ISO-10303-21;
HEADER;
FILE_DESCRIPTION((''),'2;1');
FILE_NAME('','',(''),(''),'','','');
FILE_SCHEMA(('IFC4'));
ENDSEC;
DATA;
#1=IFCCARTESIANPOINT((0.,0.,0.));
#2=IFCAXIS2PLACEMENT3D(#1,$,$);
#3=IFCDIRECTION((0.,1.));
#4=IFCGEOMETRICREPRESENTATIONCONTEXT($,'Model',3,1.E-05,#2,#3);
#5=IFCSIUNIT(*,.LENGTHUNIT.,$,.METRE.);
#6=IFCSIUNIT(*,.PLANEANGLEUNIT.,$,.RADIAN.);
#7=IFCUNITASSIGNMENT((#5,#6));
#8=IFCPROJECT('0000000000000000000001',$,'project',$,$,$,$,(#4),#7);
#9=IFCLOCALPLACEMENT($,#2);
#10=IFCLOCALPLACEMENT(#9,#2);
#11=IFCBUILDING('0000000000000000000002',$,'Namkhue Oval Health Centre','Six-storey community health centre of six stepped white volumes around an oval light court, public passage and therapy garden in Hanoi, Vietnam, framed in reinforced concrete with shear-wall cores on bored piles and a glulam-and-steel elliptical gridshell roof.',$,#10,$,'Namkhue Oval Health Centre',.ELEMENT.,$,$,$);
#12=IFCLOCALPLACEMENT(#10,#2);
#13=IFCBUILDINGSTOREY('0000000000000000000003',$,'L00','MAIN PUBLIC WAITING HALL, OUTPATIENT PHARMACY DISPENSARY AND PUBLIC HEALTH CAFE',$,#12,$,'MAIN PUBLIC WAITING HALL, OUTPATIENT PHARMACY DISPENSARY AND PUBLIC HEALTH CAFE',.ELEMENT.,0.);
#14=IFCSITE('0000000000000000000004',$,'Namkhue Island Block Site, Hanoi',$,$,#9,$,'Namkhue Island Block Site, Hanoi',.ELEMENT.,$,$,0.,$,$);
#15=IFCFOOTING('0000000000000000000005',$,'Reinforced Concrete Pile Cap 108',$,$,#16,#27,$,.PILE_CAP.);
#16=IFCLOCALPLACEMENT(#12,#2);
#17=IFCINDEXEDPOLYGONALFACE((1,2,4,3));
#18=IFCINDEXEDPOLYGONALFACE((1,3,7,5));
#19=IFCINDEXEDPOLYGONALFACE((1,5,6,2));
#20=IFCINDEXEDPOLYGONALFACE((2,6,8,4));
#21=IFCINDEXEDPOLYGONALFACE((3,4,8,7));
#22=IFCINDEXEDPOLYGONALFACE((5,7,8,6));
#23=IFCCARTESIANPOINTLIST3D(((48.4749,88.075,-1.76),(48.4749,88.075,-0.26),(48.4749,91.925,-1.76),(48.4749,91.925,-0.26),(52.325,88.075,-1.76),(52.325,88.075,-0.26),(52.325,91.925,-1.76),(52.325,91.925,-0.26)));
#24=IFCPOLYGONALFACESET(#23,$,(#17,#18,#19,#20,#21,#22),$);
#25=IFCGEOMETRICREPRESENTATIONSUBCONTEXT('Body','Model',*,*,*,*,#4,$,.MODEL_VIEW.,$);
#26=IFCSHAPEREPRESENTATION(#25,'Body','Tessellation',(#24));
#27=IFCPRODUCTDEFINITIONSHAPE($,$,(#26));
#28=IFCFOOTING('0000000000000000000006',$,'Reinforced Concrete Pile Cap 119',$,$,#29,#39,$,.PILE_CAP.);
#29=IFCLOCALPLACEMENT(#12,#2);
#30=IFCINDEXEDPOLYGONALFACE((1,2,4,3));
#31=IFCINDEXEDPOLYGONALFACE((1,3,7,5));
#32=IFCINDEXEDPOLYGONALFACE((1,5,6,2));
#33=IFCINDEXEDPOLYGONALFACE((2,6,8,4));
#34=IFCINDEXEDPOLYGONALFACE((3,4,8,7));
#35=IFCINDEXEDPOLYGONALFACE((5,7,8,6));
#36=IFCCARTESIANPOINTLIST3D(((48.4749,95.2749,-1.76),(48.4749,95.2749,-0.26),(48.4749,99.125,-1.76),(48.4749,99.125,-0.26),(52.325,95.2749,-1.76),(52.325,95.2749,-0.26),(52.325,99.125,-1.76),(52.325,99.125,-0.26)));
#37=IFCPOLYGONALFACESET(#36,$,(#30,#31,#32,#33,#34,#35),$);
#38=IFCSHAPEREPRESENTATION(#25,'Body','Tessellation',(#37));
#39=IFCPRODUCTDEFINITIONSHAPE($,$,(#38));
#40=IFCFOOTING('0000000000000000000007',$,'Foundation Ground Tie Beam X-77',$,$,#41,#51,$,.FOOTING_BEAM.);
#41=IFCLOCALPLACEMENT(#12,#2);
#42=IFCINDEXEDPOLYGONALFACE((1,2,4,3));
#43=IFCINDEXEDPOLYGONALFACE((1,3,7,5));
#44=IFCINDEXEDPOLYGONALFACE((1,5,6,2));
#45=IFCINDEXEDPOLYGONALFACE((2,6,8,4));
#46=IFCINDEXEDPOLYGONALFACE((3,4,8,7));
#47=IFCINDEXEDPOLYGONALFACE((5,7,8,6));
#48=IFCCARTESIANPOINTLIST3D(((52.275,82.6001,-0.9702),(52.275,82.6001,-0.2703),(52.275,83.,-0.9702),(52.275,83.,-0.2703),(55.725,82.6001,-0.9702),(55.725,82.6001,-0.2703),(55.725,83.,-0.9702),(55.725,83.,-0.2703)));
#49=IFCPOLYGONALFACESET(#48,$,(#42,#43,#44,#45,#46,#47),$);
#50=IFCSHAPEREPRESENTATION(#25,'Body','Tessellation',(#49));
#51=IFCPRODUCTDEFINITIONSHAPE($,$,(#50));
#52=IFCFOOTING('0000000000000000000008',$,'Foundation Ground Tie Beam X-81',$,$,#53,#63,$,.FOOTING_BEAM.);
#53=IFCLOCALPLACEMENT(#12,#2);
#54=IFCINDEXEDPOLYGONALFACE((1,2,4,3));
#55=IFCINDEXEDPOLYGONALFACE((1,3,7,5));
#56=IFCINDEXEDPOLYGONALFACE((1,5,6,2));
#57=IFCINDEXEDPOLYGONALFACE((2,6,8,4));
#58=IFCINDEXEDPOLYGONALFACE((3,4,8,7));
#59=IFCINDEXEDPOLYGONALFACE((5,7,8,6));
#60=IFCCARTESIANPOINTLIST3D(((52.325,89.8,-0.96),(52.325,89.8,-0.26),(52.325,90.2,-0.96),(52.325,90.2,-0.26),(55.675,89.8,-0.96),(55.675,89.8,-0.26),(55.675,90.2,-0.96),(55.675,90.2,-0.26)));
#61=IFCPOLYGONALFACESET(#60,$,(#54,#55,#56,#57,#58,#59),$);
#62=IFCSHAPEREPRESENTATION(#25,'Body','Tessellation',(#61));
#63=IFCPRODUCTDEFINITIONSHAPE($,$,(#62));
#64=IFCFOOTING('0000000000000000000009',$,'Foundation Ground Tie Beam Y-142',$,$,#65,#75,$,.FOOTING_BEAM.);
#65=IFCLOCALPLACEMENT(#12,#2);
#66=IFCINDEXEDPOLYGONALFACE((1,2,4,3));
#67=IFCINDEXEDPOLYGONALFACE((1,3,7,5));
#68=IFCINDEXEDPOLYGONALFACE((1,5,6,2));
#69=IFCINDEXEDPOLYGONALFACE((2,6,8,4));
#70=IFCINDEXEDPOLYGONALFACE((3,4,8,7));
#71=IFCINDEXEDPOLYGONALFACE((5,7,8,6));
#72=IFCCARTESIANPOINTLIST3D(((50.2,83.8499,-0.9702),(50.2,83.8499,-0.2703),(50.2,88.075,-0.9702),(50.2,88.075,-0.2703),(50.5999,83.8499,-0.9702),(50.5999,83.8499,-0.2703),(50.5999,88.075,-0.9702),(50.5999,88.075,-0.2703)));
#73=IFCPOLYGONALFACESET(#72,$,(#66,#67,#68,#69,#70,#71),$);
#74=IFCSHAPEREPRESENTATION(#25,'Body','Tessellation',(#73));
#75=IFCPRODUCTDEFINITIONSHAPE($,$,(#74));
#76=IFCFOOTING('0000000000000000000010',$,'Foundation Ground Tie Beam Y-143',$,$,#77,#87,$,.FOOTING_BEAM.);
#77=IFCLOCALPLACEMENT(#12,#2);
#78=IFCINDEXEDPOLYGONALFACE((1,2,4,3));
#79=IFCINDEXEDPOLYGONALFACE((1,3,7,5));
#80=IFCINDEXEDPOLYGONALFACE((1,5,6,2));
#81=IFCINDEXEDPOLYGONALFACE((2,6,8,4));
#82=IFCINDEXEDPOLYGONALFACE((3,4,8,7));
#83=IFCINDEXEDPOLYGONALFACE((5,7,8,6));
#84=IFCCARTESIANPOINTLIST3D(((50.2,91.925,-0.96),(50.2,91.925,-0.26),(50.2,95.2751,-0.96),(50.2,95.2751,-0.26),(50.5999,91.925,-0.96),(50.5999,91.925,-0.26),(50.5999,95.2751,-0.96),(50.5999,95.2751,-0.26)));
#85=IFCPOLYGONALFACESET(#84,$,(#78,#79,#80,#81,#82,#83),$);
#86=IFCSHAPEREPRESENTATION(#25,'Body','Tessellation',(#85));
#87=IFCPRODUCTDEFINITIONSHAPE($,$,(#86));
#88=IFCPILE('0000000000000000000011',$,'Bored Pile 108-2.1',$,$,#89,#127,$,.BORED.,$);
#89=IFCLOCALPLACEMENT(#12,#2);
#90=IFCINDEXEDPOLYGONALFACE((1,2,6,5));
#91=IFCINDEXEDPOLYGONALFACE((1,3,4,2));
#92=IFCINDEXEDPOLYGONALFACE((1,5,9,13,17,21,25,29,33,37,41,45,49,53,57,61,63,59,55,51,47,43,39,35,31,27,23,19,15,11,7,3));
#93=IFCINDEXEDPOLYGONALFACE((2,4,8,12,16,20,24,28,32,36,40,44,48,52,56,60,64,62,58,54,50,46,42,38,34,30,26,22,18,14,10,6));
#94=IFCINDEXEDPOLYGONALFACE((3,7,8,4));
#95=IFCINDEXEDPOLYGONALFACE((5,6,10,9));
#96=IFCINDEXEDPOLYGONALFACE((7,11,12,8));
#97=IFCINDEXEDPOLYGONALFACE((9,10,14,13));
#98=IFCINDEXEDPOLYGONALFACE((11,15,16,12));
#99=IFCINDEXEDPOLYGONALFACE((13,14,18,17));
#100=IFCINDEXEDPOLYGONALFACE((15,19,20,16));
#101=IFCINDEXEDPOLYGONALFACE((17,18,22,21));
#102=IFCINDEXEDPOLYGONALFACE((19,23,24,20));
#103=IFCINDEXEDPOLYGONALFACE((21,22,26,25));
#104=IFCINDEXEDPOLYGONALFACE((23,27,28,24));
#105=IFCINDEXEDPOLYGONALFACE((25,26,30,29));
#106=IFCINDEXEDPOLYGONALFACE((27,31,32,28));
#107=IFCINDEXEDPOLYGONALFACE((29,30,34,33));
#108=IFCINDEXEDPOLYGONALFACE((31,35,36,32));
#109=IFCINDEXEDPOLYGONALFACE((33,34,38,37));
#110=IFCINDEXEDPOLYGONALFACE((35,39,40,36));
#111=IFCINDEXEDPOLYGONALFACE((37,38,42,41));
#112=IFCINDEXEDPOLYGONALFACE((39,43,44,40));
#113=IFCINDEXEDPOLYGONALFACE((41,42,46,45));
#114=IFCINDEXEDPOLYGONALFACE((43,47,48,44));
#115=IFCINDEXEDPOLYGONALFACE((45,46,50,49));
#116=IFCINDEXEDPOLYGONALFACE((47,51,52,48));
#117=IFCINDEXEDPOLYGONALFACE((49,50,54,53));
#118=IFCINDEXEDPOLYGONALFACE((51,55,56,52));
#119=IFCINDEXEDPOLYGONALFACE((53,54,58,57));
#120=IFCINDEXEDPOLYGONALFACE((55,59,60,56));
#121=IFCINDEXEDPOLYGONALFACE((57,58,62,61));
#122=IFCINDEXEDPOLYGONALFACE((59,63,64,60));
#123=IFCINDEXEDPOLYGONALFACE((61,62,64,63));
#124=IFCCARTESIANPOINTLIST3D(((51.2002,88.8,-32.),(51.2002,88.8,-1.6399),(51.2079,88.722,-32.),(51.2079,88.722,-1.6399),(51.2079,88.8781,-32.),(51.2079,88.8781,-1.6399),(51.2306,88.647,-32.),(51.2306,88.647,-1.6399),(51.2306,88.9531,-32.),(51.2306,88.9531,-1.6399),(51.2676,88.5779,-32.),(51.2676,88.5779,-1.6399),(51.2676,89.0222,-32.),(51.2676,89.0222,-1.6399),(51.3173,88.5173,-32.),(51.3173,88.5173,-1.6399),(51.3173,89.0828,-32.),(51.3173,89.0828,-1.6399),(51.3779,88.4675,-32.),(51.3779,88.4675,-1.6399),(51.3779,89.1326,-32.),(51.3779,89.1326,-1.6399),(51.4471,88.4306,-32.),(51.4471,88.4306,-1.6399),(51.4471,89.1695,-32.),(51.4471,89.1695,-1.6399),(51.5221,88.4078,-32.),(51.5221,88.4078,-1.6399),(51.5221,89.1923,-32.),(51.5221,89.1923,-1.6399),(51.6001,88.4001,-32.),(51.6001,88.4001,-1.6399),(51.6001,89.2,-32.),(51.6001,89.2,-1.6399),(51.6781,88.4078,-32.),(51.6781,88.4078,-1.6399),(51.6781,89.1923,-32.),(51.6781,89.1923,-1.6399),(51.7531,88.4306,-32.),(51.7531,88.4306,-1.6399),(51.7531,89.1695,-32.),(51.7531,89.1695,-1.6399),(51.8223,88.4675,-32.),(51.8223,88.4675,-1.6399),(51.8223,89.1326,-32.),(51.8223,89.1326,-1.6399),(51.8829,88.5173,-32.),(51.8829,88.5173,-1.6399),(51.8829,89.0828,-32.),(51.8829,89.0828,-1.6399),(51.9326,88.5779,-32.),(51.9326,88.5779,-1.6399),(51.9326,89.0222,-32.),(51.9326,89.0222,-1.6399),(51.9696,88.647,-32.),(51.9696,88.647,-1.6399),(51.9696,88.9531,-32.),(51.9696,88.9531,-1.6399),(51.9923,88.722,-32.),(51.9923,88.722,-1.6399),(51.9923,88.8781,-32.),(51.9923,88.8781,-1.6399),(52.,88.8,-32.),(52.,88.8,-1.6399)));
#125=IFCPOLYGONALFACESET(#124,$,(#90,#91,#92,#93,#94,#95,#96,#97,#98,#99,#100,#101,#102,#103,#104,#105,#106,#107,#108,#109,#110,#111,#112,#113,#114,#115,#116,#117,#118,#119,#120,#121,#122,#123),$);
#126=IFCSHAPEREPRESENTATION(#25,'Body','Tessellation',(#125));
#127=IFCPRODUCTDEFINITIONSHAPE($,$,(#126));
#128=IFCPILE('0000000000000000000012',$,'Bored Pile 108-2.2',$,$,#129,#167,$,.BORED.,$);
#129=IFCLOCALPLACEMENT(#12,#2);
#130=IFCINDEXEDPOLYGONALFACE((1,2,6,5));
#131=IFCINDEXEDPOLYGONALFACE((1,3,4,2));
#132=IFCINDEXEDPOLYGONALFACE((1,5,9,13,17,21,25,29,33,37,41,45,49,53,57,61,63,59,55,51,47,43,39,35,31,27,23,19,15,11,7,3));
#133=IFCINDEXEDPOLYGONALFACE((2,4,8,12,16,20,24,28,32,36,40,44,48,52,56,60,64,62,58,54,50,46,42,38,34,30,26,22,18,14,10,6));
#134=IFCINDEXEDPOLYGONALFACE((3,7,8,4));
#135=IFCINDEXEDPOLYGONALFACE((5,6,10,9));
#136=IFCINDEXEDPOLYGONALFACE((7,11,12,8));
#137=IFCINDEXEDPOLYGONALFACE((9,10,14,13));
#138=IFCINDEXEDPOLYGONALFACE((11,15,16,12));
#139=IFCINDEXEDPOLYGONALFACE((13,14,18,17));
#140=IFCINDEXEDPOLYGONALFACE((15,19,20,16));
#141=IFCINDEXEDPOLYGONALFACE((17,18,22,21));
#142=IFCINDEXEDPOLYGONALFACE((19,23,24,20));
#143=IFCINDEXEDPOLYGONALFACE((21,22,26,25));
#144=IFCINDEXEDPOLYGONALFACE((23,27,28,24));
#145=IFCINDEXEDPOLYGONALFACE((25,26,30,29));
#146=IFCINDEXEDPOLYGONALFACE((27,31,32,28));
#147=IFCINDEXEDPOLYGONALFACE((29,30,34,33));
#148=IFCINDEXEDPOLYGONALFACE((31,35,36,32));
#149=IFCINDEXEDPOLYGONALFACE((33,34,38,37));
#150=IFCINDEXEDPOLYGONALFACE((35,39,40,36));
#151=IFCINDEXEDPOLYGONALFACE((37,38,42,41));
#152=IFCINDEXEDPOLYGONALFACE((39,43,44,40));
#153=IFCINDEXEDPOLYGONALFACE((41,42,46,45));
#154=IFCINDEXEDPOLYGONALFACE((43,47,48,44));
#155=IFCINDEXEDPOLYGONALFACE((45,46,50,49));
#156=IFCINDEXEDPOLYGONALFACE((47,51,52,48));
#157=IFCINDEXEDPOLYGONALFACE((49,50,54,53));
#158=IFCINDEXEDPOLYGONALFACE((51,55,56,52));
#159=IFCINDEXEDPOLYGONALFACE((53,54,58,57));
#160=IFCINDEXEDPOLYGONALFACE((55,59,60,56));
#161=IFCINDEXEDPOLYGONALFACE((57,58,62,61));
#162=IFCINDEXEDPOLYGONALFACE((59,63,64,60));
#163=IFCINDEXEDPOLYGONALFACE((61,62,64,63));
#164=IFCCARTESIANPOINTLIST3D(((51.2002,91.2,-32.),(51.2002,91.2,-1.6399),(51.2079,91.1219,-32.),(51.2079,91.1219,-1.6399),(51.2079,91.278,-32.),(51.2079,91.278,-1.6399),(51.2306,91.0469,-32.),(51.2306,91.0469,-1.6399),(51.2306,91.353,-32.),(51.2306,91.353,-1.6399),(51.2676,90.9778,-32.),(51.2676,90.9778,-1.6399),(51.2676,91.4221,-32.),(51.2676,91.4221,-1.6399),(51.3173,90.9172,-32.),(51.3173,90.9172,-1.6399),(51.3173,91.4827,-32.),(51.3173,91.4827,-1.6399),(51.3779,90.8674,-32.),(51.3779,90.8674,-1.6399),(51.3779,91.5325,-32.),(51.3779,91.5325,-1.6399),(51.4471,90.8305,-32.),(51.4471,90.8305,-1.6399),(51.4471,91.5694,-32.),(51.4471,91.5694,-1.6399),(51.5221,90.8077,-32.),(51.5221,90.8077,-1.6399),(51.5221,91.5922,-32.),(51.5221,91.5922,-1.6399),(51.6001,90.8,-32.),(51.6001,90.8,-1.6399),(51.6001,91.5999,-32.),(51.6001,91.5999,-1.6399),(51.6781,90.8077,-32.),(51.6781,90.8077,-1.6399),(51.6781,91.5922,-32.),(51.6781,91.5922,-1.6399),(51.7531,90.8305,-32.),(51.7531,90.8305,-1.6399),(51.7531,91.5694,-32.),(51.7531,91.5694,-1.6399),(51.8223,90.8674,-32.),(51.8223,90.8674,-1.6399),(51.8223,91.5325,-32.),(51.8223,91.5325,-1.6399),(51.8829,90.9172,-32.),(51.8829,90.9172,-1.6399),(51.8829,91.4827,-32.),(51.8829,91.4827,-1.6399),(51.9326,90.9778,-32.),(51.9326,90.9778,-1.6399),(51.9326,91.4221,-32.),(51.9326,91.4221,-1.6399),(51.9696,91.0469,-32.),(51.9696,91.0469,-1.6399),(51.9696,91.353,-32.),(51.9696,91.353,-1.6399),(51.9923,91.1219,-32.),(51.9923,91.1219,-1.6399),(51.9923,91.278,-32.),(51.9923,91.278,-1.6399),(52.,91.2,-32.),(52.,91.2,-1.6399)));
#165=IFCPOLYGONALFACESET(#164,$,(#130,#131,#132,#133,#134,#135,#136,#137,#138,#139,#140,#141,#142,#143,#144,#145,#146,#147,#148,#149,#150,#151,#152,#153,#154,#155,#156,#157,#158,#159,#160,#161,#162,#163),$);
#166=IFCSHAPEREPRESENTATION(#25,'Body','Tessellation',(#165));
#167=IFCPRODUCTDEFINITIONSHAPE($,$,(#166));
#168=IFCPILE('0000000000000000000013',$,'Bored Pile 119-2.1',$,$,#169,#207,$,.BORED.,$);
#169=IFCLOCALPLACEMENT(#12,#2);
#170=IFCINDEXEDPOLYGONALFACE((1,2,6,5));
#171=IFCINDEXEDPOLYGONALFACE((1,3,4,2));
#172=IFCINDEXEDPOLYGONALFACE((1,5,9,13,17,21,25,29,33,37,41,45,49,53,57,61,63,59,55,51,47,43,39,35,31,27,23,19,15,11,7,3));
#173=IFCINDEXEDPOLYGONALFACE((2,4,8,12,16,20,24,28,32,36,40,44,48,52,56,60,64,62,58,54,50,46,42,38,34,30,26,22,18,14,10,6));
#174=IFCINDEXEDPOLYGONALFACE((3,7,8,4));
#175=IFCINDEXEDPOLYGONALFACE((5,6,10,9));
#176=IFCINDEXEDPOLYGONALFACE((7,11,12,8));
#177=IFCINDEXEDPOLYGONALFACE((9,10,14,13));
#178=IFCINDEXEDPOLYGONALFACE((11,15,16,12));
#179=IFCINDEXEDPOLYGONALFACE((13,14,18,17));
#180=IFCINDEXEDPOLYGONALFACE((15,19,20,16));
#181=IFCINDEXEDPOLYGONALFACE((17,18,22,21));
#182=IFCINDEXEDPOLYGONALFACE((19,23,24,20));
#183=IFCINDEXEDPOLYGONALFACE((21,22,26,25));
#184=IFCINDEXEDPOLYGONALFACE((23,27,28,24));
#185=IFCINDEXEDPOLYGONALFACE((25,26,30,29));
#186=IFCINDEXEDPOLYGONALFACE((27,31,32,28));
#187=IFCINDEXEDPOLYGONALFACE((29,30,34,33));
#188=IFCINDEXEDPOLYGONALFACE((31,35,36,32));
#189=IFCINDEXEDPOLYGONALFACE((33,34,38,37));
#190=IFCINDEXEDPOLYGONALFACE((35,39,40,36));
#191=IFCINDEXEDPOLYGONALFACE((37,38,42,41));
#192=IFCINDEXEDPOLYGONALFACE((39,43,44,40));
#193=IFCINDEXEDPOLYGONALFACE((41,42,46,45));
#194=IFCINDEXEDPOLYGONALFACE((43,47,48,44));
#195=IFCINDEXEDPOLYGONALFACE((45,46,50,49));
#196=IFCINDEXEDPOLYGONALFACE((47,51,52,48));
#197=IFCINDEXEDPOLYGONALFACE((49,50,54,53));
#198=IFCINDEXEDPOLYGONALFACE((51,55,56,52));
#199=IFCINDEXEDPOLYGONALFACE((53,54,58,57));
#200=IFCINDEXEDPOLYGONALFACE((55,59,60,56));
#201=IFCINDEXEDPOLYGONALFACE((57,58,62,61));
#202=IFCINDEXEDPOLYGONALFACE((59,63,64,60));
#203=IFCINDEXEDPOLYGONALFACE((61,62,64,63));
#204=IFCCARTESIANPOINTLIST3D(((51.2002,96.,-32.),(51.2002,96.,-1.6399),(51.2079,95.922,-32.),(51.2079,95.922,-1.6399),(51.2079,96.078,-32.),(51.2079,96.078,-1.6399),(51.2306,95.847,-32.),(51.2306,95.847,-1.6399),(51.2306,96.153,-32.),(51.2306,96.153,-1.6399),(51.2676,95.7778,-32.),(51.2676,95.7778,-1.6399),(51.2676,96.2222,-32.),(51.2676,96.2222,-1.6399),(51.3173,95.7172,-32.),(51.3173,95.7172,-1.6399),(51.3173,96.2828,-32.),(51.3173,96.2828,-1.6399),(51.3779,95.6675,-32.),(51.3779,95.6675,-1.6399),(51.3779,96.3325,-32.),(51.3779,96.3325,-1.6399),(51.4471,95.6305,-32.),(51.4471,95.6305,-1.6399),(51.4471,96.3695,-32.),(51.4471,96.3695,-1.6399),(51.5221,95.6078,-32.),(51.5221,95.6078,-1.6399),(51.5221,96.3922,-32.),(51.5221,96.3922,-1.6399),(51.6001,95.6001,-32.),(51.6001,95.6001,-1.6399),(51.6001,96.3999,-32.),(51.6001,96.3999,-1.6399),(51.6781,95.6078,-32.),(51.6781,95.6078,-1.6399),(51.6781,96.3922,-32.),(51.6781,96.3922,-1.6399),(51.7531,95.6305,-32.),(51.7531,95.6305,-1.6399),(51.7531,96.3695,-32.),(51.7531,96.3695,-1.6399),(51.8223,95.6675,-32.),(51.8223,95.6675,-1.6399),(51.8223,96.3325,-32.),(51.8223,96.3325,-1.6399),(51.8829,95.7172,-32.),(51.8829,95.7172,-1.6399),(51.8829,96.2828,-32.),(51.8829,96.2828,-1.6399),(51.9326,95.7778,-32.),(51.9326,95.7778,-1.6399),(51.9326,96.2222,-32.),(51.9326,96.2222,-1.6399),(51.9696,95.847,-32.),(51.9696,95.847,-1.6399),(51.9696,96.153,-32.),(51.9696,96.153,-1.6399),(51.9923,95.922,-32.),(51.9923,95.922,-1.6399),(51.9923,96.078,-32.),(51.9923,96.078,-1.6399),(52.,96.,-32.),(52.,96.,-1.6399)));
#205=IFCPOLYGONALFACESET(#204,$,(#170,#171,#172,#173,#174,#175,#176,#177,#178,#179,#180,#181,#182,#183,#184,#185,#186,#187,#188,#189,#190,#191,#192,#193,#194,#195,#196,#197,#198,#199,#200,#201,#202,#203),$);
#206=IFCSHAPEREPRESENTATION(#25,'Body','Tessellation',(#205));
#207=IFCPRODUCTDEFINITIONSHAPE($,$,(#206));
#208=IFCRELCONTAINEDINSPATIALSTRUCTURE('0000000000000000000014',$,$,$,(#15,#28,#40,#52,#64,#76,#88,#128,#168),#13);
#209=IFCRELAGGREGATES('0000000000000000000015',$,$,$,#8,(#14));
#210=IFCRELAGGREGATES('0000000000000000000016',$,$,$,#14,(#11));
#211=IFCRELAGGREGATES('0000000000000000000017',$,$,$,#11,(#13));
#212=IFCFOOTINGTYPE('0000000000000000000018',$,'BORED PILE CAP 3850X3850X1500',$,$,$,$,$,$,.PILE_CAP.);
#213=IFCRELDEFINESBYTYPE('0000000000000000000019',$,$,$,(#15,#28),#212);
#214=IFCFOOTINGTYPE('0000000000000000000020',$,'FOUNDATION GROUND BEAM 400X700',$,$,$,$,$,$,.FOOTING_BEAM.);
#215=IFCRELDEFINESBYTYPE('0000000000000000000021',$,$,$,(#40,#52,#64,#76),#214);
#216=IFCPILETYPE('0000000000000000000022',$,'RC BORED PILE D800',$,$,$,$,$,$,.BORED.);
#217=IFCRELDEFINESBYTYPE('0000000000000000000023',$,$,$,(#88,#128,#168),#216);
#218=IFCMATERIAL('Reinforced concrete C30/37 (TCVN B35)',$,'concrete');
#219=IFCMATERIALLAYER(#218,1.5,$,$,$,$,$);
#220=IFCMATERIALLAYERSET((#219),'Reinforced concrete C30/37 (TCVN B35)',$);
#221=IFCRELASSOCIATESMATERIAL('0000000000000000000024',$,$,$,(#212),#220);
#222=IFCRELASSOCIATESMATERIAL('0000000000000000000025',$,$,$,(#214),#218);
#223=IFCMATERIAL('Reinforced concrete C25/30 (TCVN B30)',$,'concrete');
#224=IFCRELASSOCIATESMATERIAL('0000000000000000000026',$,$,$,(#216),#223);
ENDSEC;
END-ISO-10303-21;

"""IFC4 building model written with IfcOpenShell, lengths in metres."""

from ifc_helpers import new_model, si_unit, direction, frame, origin, origin_2d, place, context, subcontext, project, spatial, rectangle, circle, extrude, material, layer, layer_set, material_profile, profile_set, type_object, element, save


model = new_model("IFC4")

# Units and contexts
model_context = context("Model", 3, precision=1e-05, world=origin(), true_north=direction((0.0, 1.0)))
body_context = subcontext(model_context, "Body", "Model", "MODEL_VIEW")
ifc_project = project(units=[si_unit("LENGTHUNIT", "METRE"), si_unit("PLANEANGLEUNIT", "RADIAN")], contexts=[model_context])

# Site, building, storey
site_placement = place(None, origin())
site = spatial("IfcSite", under=ifc_project, at=site_placement, Name="Namkhue Island Block Site, Hanoi", LongName="Namkhue Island Block Site, Hanoi", CompositionType="ELEMENT", RefElevation=0.0)
building_placement = place(site_placement, origin())
building = spatial("IfcBuilding", under=site, at=building_placement, Name="Namkhue Oval Health Centre", Description="Six-storey community health centre of six stepped white volumes around an oval light court, public passage and therapy garden in Hanoi, Vietnam, framed in reinforced concrete with shear-wall cores on bored piles and a glulam-and-steel elliptical gridshell roof.", LongName="Namkhue Oval Health Centre", CompositionType="ELEMENT")
storey_placement = place(building_placement, origin())
storey = spatial("IfcBuildingStorey", under=building, at=storey_placement, Name="L00", Description="MAIN PUBLIC WAITING HALL, OUTPATIENT PHARMACY DISPENSARY AND PUBLIC HEALTH CAFE", LongName="MAIN PUBLIC WAITING HALL, OUTPATIENT PHARMACY DISPENSARY AND PUBLIC HEALTH CAFE", CompositionType="ELEMENT", Elevation=0.0)

# Footings
ifc_material_1 = material(Name="Reinforced concrete C30/37 (TCVN B35)", Category="concrete")
ifc_layer_1 = layer(ifc_material_1, 1.5)
ifc_layer_set_1 = layer_set([ifc_layer_1], Name="Reinforced concrete C30/37 (TCVN B35)")
footing_type_1 = type_object("IfcFootingType", Name="BORED PILE CAP 3850X3850X1500", PredefinedType="PILE_CAP", material=ifc_layer_set_1)
for number, where, z_axis, x_axis, name in (
    (1, (50.3999, 90.0, -1.76), (0.0, 0.0, 1.0), (1.0, 0.0, 0.0), "Reinforced Concrete Pile Cap 108"),
    (2, (50.3999, 97.2, -1.76), (0.0, 0.0, 1.0), (1.0, 0.0, 0.0), "Reinforced Concrete Pile Cap 119"),
):
    element("IfcFooting", number, at=place(storey_placement, frame(where, z_axis=z_axis, x_axis=x_axis)), inside=storey, type_object=footing_type_1, Name=name, PredefinedType="PILE_CAP", context=body_context, shape_type="SweptSolid", body=[
        extrude(rectangle(XDim=3.8501, YDim=3.8501, at=origin_2d()), origin(), (0.0, 0.0, 1.0), 1.5),
    ])
footing_type_2 = type_object("IfcFootingType", Name="FOUNDATION GROUND BEAM 400X700", PredefinedType="FOOTING_BEAM", material=ifc_material_1)
footing_1_placement = place(storey_placement, frame((54.0, 82.8, -0.9702), z_axis=(0.0, 0.0, 1.0), x_axis=(1.0, 0.0, 0.0)))
element("IfcFooting", 3, at=footing_1_placement, inside=storey, type_object=footing_type_2, Name="Foundation Ground Tie Beam X-77", PredefinedType="FOOTING_BEAM", context=body_context, shape_type="SweptSolid", body=[
    extrude(rectangle(XDim=3.45, YDim=0.3999, at=origin_2d()), origin(), (0.0, 0.0, 1.0), 0.7),
])
footing_2_placement = place(storey_placement, frame((54.0, 90.0, -0.96), z_axis=(0.0, 0.0, 1.0), x_axis=(1.0, 0.0, 0.0)))
element("IfcFooting", 4, at=footing_2_placement, inside=storey, type_object=footing_type_2, Name="Foundation Ground Tie Beam X-81", PredefinedType="FOOTING_BEAM", context=body_context, shape_type="SweptSolid", body=[
    extrude(rectangle(XDim=3.3501, YDim=0.3999, at=origin_2d()), origin(), (0.0, 0.0, 1.0), 0.7),
])
footing_3_placement = place(storey_placement, frame((50.3999, 85.9624, -0.9702), z_axis=(0.0, 0.0, 1.0), x_axis=(0.0, 1.0, 0.0)))
element("IfcFooting", 5, at=footing_3_placement, inside=storey, type_object=footing_type_2, Name="Foundation Ground Tie Beam Y-142", PredefinedType="FOOTING_BEAM", context=body_context, shape_type="SweptSolid", body=[
    extrude(rectangle(XDim=4.2251, YDim=0.3999, at=origin_2d()), origin(), (0.0, 0.0, 1.0), 0.7),
])
footing_4_placement = place(storey_placement, frame((50.3999, 93.6001, -0.96), z_axis=(0.0, 0.0, 1.0), x_axis=(0.0, 1.0, 0.0)))
element("IfcFooting", 6, at=footing_4_placement, inside=storey, type_object=footing_type_2, Name="Foundation Ground Tie Beam Y-143", PredefinedType="FOOTING_BEAM", context=body_context, shape_type="SweptSolid", body=[
    extrude(rectangle(XDim=3.3501, YDim=0.3999, at=origin_2d()), origin(), (0.0, 0.0, 1.0), 0.7),
])

# Piles
ifc_material_2 = material(Name="Reinforced concrete C25/30 (TCVN B30)", Category="concrete")
ifc_material_profile_1 = material_profile(ifc_material_2, circle(Radius=0.3999, at=origin_2d()), Name="BORED PILE D800")
ifc_profile_set_1 = profile_set([ifc_material_profile_1], Name="Reinforced concrete C25/30 (TCVN B30)")
pile_type = type_object("IfcPileType", Name="RC BORED PILE D800", PredefinedType="BORED", material=ifc_profile_set_1)
for number, where, z_axis, x_axis, name in (
    (7, (51.6001, 88.8, -1.6399), (0.0, 0.0, -1.0), (1.0, 0.0, 0.0), "Bored Pile 108-2.1"),
    (8, (51.6001, 91.2, -1.6399), (0.0, 0.0, -1.0), (1.0, 0.0, 0.0), "Bored Pile 108-2.2"),
    (9, (51.6001, 96.0, -1.6399), (0.0, 0.0, -1.0), (1.0, 0.0, 0.0), "Bored Pile 119-2.1"),
):
    element("IfcPile", number, at=place(storey_placement, frame(where, z_axis=z_axis, x_axis=x_axis)), inside=storey, type_object=pile_type, Name=name, PredefinedType="BORED", context=body_context, shape_type="SweptSolid", body=[
        extrude(circle(Radius=0.3999, at=origin_2d()), origin(), (0.0, 0.0, 1.0), 30.3601),
    ])

save(model, "model.ifc")
